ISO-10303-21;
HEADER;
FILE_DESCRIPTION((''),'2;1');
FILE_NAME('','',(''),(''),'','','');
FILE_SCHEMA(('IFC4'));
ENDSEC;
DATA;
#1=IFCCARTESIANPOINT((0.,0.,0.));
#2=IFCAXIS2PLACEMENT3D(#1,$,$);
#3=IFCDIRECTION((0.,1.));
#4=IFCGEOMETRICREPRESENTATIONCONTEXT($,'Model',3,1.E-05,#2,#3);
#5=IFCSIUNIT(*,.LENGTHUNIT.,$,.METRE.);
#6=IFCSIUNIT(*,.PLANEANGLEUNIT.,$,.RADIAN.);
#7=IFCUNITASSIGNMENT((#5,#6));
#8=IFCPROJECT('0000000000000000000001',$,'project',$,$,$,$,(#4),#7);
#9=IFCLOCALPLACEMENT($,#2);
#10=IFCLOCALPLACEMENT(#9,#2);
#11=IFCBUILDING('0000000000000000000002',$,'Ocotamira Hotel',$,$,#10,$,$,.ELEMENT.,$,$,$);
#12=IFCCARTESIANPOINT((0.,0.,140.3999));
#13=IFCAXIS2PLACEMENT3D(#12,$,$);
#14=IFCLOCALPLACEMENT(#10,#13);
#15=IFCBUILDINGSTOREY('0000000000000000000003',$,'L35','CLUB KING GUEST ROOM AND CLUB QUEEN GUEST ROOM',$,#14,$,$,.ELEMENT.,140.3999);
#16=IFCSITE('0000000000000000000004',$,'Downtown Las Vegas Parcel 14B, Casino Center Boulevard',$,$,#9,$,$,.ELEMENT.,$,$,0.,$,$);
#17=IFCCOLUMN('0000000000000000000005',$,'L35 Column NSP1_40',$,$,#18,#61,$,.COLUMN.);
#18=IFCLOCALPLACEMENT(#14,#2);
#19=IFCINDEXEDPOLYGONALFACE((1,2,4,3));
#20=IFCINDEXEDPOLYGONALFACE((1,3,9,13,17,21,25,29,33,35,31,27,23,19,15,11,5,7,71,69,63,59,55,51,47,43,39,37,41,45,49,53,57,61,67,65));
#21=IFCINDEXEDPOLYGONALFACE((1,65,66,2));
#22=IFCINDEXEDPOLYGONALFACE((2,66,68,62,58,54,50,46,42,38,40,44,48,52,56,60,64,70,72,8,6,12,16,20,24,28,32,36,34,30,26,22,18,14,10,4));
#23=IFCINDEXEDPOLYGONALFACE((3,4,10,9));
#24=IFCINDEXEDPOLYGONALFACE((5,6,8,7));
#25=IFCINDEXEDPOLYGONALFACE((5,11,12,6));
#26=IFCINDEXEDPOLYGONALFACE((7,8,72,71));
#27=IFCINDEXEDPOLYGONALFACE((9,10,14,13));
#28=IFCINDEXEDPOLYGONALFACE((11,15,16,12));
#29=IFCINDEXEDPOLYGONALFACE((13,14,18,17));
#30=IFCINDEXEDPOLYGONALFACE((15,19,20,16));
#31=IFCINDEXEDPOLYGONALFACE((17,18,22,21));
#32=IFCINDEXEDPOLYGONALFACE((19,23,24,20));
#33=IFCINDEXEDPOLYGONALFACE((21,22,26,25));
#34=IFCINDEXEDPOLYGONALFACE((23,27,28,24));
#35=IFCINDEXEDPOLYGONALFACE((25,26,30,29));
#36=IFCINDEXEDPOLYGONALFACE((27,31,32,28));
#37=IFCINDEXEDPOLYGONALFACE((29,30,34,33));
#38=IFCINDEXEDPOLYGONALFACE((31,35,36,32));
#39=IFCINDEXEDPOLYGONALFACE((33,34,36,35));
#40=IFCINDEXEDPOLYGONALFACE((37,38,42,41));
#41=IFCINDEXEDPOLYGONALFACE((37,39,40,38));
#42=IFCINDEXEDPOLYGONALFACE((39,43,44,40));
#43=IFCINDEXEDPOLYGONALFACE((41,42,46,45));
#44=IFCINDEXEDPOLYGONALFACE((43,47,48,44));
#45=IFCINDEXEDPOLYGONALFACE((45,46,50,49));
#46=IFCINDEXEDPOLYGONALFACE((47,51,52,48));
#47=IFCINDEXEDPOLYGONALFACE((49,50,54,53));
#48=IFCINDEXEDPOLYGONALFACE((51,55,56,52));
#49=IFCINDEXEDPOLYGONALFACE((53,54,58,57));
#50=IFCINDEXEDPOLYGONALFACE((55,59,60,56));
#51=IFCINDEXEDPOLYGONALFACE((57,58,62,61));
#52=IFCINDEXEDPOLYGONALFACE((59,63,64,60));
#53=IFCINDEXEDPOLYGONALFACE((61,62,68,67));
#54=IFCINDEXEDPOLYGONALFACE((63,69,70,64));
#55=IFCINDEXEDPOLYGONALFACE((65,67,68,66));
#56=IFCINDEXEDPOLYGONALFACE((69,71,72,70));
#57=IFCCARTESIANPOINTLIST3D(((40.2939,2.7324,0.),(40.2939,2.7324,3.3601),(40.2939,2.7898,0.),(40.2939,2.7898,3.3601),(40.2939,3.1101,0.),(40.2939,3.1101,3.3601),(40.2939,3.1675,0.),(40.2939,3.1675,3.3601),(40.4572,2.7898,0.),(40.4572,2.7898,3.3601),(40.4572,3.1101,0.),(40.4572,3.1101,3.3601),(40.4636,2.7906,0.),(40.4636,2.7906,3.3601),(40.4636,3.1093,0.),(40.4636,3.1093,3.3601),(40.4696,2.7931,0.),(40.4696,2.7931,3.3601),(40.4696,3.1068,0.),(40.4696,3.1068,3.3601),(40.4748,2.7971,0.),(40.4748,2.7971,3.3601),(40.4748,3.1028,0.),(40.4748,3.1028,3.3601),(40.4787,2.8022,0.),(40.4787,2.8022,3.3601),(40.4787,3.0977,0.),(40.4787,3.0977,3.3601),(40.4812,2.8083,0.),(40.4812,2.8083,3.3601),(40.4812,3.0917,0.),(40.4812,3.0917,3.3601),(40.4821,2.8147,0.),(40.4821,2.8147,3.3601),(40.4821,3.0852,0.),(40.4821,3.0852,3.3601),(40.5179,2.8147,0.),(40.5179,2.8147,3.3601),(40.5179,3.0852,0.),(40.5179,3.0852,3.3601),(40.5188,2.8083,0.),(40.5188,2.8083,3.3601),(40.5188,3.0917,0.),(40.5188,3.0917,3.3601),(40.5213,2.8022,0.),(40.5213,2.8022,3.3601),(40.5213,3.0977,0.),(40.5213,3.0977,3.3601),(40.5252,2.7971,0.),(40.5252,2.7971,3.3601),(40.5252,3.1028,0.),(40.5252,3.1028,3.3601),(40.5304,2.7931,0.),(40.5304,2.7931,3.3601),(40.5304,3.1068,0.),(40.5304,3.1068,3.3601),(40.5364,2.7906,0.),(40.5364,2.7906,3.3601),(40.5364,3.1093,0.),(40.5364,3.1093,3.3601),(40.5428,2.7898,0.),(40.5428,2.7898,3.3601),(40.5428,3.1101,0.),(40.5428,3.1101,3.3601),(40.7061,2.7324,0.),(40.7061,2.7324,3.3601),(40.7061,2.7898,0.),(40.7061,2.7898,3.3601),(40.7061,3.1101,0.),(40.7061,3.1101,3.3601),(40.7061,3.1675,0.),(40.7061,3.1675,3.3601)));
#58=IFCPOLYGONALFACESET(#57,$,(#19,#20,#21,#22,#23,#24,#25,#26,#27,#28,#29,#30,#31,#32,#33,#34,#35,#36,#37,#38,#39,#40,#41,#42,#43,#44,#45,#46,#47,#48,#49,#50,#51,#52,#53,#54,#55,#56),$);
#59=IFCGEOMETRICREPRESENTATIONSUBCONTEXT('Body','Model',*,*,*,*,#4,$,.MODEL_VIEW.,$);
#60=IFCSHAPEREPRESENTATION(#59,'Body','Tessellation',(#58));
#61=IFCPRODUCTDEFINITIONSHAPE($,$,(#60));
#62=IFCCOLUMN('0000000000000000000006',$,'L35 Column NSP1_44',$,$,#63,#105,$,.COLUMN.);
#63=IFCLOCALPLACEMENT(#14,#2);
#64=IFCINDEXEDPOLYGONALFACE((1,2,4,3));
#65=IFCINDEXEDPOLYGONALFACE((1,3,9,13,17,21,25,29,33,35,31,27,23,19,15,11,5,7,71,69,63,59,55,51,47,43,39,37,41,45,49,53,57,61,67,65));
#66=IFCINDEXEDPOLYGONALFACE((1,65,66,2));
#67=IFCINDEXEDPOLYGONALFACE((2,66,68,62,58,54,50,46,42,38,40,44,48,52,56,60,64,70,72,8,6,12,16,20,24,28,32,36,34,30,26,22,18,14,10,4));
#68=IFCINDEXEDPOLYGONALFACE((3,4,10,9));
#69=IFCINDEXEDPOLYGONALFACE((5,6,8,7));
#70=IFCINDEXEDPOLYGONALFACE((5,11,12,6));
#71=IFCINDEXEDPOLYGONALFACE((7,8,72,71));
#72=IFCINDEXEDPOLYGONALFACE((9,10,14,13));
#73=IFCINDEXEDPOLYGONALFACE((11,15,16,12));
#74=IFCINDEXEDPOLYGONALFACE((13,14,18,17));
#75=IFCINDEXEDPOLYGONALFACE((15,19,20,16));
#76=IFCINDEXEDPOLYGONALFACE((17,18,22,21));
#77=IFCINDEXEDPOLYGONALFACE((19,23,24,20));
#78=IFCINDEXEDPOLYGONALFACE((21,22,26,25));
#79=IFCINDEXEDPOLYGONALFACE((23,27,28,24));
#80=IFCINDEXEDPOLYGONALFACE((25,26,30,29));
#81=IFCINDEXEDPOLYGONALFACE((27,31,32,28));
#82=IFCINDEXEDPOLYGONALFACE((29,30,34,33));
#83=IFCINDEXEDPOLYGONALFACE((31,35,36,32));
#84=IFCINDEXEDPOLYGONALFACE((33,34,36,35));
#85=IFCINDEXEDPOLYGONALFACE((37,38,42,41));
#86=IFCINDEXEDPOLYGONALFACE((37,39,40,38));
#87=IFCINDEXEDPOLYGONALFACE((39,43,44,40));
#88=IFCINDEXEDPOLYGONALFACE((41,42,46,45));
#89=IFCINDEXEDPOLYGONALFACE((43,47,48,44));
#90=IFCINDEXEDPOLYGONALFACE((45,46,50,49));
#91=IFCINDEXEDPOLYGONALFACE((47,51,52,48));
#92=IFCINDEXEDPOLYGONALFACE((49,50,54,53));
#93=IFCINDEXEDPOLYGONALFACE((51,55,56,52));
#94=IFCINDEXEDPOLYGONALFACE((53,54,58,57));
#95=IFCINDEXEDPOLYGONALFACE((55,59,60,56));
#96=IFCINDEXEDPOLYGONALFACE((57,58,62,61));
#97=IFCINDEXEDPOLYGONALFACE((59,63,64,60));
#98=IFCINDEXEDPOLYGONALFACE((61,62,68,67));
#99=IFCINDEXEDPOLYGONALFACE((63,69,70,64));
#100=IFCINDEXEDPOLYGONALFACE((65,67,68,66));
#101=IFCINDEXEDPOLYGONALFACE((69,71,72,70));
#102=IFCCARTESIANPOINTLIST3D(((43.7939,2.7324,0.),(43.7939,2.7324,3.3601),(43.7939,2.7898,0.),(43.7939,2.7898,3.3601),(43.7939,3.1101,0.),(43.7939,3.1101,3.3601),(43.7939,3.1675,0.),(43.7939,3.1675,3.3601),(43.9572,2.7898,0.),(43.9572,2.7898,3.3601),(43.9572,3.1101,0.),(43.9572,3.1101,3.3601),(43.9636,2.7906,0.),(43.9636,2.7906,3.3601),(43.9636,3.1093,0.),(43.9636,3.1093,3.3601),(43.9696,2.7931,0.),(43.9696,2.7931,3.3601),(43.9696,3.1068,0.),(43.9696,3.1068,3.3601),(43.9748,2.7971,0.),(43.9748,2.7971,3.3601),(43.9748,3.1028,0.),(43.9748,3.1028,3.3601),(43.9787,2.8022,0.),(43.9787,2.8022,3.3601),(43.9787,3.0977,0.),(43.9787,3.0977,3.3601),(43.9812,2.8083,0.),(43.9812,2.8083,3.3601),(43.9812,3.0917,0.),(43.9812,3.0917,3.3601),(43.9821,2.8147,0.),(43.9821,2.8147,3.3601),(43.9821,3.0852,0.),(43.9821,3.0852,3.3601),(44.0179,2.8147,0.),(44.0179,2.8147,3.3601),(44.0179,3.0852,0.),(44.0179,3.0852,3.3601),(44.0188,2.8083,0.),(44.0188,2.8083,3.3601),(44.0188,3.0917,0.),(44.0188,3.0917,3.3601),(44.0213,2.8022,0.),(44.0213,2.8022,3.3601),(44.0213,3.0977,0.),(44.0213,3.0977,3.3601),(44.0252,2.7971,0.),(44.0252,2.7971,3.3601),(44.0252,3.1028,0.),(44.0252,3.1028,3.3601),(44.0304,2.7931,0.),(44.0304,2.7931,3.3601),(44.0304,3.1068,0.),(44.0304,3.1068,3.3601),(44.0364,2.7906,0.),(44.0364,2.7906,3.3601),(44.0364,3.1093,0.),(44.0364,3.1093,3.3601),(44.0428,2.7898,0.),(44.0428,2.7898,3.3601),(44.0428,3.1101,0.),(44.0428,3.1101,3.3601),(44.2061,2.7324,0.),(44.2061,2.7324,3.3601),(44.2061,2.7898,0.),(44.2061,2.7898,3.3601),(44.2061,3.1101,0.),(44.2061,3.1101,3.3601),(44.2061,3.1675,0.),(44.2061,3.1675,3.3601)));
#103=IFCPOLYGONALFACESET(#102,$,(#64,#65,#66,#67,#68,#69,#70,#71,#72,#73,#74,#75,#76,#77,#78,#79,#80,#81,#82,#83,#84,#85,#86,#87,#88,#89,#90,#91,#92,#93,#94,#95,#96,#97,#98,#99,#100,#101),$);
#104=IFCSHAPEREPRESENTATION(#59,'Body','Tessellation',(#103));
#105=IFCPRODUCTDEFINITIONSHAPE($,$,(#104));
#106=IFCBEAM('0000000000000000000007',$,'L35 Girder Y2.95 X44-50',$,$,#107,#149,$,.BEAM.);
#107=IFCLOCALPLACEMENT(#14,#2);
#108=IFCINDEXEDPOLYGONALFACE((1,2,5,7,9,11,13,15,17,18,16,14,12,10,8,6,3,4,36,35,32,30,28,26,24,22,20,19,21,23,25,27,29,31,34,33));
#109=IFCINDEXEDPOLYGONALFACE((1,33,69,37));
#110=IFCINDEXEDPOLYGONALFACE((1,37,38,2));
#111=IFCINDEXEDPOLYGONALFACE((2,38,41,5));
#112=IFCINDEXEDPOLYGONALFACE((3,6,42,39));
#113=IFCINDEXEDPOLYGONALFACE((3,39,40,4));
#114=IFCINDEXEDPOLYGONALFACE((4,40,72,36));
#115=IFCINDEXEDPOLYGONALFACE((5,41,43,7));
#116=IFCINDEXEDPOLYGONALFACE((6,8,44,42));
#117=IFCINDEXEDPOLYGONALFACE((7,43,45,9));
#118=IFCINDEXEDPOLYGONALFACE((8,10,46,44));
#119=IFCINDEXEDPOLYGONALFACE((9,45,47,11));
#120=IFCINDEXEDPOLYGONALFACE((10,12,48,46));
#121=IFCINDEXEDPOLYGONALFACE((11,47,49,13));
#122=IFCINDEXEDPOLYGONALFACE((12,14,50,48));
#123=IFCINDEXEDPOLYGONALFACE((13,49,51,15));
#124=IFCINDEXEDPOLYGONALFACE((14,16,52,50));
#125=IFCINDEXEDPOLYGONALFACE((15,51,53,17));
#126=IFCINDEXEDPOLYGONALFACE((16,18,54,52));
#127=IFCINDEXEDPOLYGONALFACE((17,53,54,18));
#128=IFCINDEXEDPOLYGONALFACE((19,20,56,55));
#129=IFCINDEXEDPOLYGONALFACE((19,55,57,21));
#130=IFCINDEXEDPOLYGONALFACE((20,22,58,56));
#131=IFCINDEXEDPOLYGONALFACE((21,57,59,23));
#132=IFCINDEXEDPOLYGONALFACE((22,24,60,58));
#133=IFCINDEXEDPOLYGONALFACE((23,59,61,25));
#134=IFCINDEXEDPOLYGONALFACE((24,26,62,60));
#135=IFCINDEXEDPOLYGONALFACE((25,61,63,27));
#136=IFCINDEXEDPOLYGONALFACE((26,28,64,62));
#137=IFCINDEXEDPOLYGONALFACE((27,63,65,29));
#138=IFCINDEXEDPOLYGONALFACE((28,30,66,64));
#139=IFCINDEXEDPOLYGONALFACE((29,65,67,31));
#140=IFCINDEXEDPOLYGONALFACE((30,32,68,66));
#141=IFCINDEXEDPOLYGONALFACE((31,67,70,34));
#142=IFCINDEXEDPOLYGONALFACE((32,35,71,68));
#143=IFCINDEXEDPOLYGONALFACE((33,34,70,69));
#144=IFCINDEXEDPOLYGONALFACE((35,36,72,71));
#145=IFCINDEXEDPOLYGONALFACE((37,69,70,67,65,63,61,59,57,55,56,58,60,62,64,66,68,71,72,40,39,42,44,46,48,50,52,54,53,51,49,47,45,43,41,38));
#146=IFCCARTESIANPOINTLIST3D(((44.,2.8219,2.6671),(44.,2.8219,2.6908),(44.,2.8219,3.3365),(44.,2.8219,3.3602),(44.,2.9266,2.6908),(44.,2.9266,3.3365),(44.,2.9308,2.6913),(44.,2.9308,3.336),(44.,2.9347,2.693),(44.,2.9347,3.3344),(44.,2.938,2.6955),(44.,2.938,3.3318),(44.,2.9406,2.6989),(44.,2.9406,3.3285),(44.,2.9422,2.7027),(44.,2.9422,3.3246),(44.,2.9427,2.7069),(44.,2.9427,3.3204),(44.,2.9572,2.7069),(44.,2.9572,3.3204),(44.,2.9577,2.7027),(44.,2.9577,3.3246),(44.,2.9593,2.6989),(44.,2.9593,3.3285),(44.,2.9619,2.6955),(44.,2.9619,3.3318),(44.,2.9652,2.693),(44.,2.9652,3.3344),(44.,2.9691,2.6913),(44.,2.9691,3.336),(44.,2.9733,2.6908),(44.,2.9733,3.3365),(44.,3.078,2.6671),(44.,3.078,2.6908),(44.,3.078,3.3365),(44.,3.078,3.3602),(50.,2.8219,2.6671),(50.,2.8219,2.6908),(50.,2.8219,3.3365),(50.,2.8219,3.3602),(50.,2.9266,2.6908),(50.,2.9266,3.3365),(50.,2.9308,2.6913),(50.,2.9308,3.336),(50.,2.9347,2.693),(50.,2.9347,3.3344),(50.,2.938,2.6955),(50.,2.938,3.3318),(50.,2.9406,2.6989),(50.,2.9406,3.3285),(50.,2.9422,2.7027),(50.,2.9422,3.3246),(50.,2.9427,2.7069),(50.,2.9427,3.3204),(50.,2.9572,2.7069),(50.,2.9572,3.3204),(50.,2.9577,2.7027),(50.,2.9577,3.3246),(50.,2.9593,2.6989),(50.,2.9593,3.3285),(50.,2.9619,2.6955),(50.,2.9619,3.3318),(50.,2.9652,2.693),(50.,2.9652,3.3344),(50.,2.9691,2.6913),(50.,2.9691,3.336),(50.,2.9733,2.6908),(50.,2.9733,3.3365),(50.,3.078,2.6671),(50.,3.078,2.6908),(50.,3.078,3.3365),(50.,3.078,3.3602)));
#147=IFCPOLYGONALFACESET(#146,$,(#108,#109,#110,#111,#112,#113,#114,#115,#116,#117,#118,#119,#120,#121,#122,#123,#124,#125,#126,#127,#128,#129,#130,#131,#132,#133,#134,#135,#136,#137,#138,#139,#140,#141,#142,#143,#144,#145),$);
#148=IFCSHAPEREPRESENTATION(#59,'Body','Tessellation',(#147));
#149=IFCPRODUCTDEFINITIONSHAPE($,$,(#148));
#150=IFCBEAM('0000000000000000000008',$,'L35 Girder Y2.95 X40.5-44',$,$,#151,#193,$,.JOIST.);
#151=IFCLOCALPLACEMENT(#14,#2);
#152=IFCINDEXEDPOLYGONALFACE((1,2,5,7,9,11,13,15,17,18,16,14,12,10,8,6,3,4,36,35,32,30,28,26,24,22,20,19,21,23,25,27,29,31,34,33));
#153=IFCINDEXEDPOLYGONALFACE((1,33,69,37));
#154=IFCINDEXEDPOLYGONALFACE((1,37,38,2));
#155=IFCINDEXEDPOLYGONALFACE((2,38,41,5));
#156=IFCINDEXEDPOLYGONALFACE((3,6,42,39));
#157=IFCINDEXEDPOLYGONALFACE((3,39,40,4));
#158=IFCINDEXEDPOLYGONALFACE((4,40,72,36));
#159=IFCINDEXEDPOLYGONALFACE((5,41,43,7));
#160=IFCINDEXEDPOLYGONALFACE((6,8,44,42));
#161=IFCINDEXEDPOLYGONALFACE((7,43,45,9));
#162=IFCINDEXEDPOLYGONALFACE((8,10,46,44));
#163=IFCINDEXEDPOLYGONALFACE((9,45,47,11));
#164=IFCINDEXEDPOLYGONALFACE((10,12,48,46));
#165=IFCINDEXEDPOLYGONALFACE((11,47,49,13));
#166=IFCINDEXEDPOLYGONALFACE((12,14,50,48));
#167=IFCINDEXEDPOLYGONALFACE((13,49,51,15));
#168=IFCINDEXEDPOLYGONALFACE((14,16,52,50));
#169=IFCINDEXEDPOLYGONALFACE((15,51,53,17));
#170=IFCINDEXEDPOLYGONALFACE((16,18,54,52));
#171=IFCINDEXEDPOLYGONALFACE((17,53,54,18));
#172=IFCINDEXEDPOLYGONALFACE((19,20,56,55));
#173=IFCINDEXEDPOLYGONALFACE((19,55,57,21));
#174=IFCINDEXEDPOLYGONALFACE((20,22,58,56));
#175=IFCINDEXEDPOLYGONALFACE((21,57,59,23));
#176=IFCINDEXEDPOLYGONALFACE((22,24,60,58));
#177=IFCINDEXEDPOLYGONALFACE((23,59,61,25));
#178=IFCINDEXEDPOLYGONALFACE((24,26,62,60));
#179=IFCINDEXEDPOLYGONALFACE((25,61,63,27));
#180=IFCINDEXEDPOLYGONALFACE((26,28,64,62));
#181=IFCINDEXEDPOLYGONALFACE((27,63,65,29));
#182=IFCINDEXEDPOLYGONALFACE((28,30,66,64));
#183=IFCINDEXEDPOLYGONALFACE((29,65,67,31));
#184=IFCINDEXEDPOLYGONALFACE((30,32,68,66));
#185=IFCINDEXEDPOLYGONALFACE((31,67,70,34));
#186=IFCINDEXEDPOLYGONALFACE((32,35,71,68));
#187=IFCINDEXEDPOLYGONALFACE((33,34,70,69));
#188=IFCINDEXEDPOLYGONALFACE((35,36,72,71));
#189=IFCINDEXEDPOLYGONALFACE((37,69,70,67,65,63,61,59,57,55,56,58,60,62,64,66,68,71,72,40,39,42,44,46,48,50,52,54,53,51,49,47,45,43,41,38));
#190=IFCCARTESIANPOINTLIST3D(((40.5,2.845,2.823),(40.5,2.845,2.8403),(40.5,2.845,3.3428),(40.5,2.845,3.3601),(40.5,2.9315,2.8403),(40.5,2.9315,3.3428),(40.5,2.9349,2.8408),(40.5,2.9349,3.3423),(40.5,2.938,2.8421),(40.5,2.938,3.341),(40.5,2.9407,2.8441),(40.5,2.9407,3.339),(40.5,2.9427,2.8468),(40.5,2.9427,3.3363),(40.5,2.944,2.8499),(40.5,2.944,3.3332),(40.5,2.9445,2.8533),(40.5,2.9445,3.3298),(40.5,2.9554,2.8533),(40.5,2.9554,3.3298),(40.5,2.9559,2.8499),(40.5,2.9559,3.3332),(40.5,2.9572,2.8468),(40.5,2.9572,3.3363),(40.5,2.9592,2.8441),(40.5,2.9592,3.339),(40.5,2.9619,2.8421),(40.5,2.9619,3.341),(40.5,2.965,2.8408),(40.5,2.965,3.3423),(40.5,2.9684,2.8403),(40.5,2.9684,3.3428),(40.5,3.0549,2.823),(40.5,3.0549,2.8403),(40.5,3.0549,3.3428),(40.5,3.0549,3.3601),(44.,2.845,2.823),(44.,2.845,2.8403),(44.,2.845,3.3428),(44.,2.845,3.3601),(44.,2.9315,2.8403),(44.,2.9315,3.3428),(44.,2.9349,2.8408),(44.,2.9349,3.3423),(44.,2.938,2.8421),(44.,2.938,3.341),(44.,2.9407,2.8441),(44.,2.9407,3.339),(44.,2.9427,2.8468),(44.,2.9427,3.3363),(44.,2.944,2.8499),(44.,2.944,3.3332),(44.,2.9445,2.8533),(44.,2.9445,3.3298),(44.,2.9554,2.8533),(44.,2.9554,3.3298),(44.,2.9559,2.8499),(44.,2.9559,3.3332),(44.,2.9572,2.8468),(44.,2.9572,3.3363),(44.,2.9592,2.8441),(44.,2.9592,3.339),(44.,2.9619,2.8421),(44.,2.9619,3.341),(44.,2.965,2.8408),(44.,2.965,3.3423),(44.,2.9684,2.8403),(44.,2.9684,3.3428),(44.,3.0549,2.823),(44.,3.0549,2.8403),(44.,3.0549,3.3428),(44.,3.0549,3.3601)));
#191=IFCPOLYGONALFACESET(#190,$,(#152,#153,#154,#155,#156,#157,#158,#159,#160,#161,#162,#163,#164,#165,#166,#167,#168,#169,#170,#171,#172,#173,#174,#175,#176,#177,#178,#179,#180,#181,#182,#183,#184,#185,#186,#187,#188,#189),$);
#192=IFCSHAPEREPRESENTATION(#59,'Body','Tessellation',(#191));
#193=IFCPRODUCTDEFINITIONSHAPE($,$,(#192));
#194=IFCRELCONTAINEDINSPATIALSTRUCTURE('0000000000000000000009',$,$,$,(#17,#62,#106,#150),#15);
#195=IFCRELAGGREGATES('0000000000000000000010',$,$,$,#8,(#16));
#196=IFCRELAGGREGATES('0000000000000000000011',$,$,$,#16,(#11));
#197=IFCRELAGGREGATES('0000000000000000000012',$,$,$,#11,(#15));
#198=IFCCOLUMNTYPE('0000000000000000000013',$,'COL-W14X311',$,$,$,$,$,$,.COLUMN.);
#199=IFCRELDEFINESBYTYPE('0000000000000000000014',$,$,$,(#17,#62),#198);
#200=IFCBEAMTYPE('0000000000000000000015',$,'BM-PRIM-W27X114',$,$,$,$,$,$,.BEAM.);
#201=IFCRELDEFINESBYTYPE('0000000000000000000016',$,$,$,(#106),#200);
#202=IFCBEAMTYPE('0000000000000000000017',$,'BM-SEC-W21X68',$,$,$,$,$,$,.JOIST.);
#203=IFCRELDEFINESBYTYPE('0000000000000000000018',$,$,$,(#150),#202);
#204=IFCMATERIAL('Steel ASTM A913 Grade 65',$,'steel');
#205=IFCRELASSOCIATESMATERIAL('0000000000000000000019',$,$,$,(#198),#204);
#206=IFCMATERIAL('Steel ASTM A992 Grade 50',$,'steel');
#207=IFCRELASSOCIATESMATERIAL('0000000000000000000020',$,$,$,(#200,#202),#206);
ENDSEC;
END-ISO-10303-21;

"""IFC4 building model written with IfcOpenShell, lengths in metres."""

from ifc_helpers import new_model, si_unit, direction, frame, origin, origin_2d, place, context, subcontext, project, spatial, i_section, extrude, source, transform, mapped, material, material_profile, profile_set, type_object, element, save


model = new_model("IFC4")

# Units and contexts
model_context = context("Model", 3, precision=1e-05, world=origin(), true_north=direction((0.0, 1.0)))
body_context = subcontext(model_context, "Body", "Model", "MODEL_VIEW")
ifc_project = project(units=[si_unit("LENGTHUNIT", "METRE"), si_unit("PLANEANGLEUNIT", "RADIAN")], contexts=[model_context])

# Site, building, storey
site_placement = place(None, origin())
site = spatial("IfcSite", under=ifc_project, at=site_placement, Name="Downtown Las Vegas Parcel 14B, Casino Center Boulevard", CompositionType="ELEMENT", RefElevation=0.0)
building_placement = place(site_placement, origin())
building = spatial("IfcBuilding", under=site, at=building_placement, Name="Ocotamira Hotel", CompositionType="ELEMENT")
storey_placement = place(building_placement, frame((0.0, 0.0, 140.3999)))
storey = spatial("IfcBuildingStorey", under=building, at=storey_placement, Name="L35", Description="CLUB KING GUEST ROOM AND CLUB QUEEN GUEST ROOM", CompositionType="ELEMENT", Elevation=140.3999)

# Columns
ifc_material_1 = material(Name="Steel ASTM A913 Grade 65", Category="steel")
ifc_material_profile_1 = material_profile(ifc_material_1, i_section(OverallWidth=0.4121, OverallDepth=0.4351, WebThickness=0.0359, FlangeThickness=0.0574, FilletRadius=0.0249, at=origin_2d()), Name="W14X311")
ifc_profile_set_1 = profile_set([ifc_material_profile_1], Name="Steel ASTM A913 Grade 65")
column_type = type_object("IfcColumnType", Name="COL-W14X311", PredefinedType="COLUMN", material=ifc_profile_set_1)
shared_shape_1 = source(origin(), body_context, "Body", "SweptSolid", [
    extrude(i_section(OverallWidth=0.4121, OverallDepth=0.4351, WebThickness=0.0359, FlangeThickness=0.0574, FilletRadius=0.0249, at=origin_2d()), origin(), (0.0, 0.0, 1.0), 3.3601),
])
for number, where, z_axis, x_axis, name in (
    (1, (40.5, 2.95, 0.0), (0.0, 0.0, 1.0), (1.0, 0.0, 0.0), "L35 Column NSP1_40"),
    (2, (44.0, 2.95, 0.0), (0.0, 0.0, 1.0), (1.0, 0.0, 0.0), "L35 Column NSP1_44"),
):
    element("IfcColumn", number, at=place(storey_placement, frame(where, z_axis=z_axis, x_axis=x_axis)), inside=storey, type_object=column_type, Name=name, PredefinedType="COLUMN", context=body_context, shape_type="MappedRepresentation", body=[
        mapped(shared_shape_1, transform((0.0, 0.0, 0.0), scale=1.0)),
    ])

# Beams
ifc_material_2 = material(Name="Steel ASTM A992 Grade 50", Category="steel")
ifc_material_profile_2 = material_profile(ifc_material_2, i_section(OverallWidth=0.2561, OverallDepth=0.6931, WebThickness=0.0144, FlangeThickness=0.0237, FilletRadius=0.0161, at=origin_2d()), Name="W27X114")
ifc_profile_set_2 = profile_set([ifc_material_profile_2], Name="Steel ASTM A992 Grade 50")
beam_type_1 = type_object("IfcBeamType", Name="BM-PRIM-W27X114", PredefinedType="BEAM", material=ifc_profile_set_2)
shared_shape_2 = source(origin(), body_context, "Body", "SweptSolid", [
    extrude(i_section(OverallWidth=0.2561, OverallDepth=0.6931, WebThickness=0.0144, FlangeThickness=0.0237, FilletRadius=0.0161, at=origin_2d()), origin(), (0.0, 0.0, 1.0), 6.0),
])
beam_1_placement = place(storey_placement, frame((44.0, 2.95, 3.0137), z_axis=(1.0, 0.0, 0.0), x_axis=(0.0, 1.0, 0.0)))
element("IfcBeam", 3, at=beam_1_placement, inside=storey, type_object=beam_type_1, Name="L35 Girder Y2.95 X44-50", PredefinedType="BEAM", context=body_context, shape_type="MappedRepresentation", body=[
    mapped(shared_shape_2, transform((0.0, 0.0, 0.0), scale=1.0)),
])
ifc_material_profile_3 = material_profile(ifc_material_2, i_section(OverallWidth=0.21, OverallDepth=0.5371, WebThickness=0.011, FlangeThickness=0.0173, FilletRadius=0.0129, at=origin_2d()), Name="W21X68")
ifc_profile_set_3 = profile_set([ifc_material_profile_3], Name="Steel ASTM A992 Grade 50")
beam_type_2 = type_object("IfcBeamType", Name="BM-SEC-W21X68", PredefinedType="JOIST", material=ifc_profile_set_3)
shared_shape_3 = source(origin(), body_context, "Body", "SweptSolid", [
    extrude(i_section(OverallWidth=0.21, OverallDepth=0.5371, WebThickness=0.011, FlangeThickness=0.0173, FilletRadius=0.0129, at=origin_2d()), origin(), (0.0, 0.0, 1.0), 3.5),
])
beam_2_placement = place(storey_placement, frame((40.5, 2.95, 3.0916), z_axis=(1.0, 0.0, 0.0), x_axis=(0.0, 1.0, 0.0)))
element("IfcBeam", 4, at=beam_2_placement, inside=storey, type_object=beam_type_2, Name="L35 Girder Y2.95 X40.5-44", PredefinedType="JOIST", context=body_context, shape_type="MappedRepresentation", body=[
    mapped(shared_shape_3, transform((0.0, 0.0, 0.0), scale=1.0)),
])

save(model, "model.ifc")
